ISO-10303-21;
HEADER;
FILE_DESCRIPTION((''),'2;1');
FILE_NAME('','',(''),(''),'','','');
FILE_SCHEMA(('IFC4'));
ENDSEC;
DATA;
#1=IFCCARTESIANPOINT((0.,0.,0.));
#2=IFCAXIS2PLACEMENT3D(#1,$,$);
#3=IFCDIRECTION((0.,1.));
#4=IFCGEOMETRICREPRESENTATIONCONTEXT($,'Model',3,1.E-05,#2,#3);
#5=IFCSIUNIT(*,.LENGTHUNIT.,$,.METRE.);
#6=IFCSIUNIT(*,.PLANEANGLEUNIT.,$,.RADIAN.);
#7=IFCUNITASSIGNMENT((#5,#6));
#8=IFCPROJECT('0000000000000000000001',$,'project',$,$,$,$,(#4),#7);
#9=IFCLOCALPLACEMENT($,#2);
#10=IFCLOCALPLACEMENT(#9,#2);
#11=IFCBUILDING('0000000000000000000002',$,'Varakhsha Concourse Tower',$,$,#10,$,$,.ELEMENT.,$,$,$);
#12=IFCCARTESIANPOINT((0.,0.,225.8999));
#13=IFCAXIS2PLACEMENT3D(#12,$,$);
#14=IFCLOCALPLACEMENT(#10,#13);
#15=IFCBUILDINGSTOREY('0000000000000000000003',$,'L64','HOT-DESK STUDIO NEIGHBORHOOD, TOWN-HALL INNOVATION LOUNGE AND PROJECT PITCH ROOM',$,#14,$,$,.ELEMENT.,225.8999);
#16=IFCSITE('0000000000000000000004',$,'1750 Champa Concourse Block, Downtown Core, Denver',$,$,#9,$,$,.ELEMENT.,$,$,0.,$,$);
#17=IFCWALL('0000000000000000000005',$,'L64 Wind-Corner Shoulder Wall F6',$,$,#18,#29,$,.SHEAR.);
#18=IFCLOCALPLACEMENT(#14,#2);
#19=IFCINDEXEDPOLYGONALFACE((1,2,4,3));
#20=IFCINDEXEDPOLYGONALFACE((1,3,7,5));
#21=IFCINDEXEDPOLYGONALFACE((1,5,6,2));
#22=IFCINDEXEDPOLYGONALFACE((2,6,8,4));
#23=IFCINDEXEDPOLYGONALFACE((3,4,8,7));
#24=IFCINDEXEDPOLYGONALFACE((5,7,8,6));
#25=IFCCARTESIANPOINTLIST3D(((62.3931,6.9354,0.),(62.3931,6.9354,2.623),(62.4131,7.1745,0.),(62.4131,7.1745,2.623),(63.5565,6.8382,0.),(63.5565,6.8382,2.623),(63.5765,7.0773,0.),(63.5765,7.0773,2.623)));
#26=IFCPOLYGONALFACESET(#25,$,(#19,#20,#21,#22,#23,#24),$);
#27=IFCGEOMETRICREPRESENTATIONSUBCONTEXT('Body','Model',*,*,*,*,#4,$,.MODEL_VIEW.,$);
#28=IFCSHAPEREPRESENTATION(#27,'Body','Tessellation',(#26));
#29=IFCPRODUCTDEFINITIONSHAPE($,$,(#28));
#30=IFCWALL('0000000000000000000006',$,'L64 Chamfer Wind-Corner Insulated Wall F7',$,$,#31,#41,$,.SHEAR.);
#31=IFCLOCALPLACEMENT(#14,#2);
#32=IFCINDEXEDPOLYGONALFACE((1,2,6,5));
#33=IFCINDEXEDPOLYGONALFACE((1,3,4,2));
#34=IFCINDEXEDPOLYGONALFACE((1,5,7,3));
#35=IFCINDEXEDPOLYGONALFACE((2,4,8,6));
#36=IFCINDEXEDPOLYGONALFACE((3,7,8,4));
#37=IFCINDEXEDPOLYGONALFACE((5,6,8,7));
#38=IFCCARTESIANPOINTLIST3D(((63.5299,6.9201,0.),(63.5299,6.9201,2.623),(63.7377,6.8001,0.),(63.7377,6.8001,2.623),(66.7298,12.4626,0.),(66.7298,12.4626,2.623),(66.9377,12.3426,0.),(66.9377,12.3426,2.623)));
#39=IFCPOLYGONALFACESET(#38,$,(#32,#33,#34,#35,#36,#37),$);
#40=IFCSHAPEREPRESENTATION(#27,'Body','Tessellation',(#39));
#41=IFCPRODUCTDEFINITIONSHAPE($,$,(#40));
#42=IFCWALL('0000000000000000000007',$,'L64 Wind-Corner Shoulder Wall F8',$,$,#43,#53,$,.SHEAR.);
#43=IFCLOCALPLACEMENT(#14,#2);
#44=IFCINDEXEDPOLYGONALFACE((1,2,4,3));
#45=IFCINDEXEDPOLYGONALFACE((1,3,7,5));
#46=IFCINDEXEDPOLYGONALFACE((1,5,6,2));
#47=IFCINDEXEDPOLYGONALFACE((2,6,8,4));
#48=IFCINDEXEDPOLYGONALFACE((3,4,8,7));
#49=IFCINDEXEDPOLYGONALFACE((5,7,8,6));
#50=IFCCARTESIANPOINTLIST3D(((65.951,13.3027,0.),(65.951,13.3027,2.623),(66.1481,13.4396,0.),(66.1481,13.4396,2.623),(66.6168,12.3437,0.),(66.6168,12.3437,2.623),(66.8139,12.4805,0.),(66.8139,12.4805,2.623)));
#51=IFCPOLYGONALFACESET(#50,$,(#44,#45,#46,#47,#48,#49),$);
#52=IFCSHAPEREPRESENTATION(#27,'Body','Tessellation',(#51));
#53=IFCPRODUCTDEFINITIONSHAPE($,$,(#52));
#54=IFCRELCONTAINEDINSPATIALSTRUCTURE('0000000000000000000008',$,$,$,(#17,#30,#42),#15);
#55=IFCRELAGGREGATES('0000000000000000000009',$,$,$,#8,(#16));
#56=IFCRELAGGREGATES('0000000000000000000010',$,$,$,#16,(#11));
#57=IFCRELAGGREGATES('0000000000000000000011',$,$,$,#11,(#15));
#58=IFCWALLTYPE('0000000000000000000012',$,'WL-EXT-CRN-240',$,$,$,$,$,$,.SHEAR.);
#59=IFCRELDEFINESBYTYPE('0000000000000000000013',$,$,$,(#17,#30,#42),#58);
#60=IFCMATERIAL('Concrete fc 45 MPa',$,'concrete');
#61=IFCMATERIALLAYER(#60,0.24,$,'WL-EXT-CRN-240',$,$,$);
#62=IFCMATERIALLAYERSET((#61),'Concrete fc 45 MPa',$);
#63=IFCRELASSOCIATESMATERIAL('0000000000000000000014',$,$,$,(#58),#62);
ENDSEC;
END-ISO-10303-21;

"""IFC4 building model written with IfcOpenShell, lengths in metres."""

from ifc_helpers import new_model, si_unit, direction, frame, frame_2d, origin, place, context, subcontext, project, spatial, rectangle, extrude, material, layer, layer_set, type_object, element, save


model = new_model("IFC4")

# Units and contexts
model_context = context("Model", 3, precision=1e-05, world=origin(), true_north=direction((0.0, 1.0)))
body_context = subcontext(model_context, "Body", "Model", "MODEL_VIEW")
ifc_project = project(units=[si_unit("LENGTHUNIT", "METRE"), si_unit("PLANEANGLEUNIT", "RADIAN")], contexts=[model_context])

# Site, building, storey
site_placement = place(None, origin())
site = spatial("IfcSite", under=ifc_project, at=site_placement, Name="1750 Champa Concourse Block, Downtown Core, Denver", CompositionType="ELEMENT", RefElevation=0.0)
building_placement = place(site_placement, origin())
building = spatial("IfcBuilding", under=site, at=building_placement, Name="Varakhsha Concourse Tower", CompositionType="ELEMENT")
storey_placement = place(building_placement, frame((0.0, 0.0, 225.8999)))
storey = spatial("IfcBuildingStorey", under=building, at=storey_placement, Name="L64", Description="HOT-DESK STUDIO NEIGHBORHOOD, TOWN-HALL INNOVATION LOUNGE AND PROJECT PITCH ROOM", CompositionType="ELEMENT", Elevation=225.8999)

# Walls
ifc_material_1 = material(Name="Concrete fc 45 MPa", Category="concrete")
ifc_layer_1 = layer(ifc_material_1, 0.24, Name="WL-EXT-CRN-240")
ifc_layer_set_1 = layer_set([ifc_layer_1], Name="Concrete fc 45 MPa")
wall_type = type_object("IfcWallType", Name="WL-EXT-CRN-240", PredefinedType="SHEAR", material=ifc_layer_set_1)
wall_1_placement = place(storey_placement, frame((62.4031, 7.0549, 0.0), z_axis=(0.0, 0.0, 1.0), x_axis=(0.99653, -0.083236, 0.0)))
element("IfcWall", 1, at=wall_1_placement, inside=storey, type_object=wall_type, Name="L64 Wind-Corner Shoulder Wall F6", PredefinedType="SHEAR", context=body_context, shape_type="SweptSolid", body=[
    extrude(rectangle(XDim=1.1675, YDim=0.24, at=frame_2d((0.5837, 0.0))), origin(), (0.0, 0.0, 1.0), 2.623),
])
wall_2_placement = place(storey_placement, frame((66.8337, 12.4026, 0.0), z_axis=(0.0, 0.0, 1.0), x_axis=(-0.5, -0.866025, 0.0)))
element("IfcWall", 2, at=wall_2_placement, inside=storey, type_object=wall_type, Name="L64 Chamfer Wind-Corner Insulated Wall F7", PredefinedType="SHEAR", context=body_context, shape_type="SweptSolid", body=[
    extrude(rectangle(XDim=6.3999, YDim=0.24, at=frame_2d((3.2, 0.0))), origin(), (0.0, 0.0, 1.0), 2.623),
])
wall_3_placement = place(storey_placement, frame((66.7153, 12.4121, 0.0), z_axis=(0.0, 0.0, 1.0), x_axis=(-0.570286, 0.821446, 0.0)))
element("IfcWall", 3, at=wall_3_placement, inside=storey, type_object=wall_type, Name="L64 Wind-Corner Shoulder Wall F8", PredefinedType="SHEAR", context=body_context, shape_type="SweptSolid", body=[
    extrude(rectangle(XDim=1.1675, YDim=0.24, at=frame_2d((0.5837, 0.0))), origin(), (0.0, 0.0, 1.0), 2.623),
])

save(model, "model.ifc")
